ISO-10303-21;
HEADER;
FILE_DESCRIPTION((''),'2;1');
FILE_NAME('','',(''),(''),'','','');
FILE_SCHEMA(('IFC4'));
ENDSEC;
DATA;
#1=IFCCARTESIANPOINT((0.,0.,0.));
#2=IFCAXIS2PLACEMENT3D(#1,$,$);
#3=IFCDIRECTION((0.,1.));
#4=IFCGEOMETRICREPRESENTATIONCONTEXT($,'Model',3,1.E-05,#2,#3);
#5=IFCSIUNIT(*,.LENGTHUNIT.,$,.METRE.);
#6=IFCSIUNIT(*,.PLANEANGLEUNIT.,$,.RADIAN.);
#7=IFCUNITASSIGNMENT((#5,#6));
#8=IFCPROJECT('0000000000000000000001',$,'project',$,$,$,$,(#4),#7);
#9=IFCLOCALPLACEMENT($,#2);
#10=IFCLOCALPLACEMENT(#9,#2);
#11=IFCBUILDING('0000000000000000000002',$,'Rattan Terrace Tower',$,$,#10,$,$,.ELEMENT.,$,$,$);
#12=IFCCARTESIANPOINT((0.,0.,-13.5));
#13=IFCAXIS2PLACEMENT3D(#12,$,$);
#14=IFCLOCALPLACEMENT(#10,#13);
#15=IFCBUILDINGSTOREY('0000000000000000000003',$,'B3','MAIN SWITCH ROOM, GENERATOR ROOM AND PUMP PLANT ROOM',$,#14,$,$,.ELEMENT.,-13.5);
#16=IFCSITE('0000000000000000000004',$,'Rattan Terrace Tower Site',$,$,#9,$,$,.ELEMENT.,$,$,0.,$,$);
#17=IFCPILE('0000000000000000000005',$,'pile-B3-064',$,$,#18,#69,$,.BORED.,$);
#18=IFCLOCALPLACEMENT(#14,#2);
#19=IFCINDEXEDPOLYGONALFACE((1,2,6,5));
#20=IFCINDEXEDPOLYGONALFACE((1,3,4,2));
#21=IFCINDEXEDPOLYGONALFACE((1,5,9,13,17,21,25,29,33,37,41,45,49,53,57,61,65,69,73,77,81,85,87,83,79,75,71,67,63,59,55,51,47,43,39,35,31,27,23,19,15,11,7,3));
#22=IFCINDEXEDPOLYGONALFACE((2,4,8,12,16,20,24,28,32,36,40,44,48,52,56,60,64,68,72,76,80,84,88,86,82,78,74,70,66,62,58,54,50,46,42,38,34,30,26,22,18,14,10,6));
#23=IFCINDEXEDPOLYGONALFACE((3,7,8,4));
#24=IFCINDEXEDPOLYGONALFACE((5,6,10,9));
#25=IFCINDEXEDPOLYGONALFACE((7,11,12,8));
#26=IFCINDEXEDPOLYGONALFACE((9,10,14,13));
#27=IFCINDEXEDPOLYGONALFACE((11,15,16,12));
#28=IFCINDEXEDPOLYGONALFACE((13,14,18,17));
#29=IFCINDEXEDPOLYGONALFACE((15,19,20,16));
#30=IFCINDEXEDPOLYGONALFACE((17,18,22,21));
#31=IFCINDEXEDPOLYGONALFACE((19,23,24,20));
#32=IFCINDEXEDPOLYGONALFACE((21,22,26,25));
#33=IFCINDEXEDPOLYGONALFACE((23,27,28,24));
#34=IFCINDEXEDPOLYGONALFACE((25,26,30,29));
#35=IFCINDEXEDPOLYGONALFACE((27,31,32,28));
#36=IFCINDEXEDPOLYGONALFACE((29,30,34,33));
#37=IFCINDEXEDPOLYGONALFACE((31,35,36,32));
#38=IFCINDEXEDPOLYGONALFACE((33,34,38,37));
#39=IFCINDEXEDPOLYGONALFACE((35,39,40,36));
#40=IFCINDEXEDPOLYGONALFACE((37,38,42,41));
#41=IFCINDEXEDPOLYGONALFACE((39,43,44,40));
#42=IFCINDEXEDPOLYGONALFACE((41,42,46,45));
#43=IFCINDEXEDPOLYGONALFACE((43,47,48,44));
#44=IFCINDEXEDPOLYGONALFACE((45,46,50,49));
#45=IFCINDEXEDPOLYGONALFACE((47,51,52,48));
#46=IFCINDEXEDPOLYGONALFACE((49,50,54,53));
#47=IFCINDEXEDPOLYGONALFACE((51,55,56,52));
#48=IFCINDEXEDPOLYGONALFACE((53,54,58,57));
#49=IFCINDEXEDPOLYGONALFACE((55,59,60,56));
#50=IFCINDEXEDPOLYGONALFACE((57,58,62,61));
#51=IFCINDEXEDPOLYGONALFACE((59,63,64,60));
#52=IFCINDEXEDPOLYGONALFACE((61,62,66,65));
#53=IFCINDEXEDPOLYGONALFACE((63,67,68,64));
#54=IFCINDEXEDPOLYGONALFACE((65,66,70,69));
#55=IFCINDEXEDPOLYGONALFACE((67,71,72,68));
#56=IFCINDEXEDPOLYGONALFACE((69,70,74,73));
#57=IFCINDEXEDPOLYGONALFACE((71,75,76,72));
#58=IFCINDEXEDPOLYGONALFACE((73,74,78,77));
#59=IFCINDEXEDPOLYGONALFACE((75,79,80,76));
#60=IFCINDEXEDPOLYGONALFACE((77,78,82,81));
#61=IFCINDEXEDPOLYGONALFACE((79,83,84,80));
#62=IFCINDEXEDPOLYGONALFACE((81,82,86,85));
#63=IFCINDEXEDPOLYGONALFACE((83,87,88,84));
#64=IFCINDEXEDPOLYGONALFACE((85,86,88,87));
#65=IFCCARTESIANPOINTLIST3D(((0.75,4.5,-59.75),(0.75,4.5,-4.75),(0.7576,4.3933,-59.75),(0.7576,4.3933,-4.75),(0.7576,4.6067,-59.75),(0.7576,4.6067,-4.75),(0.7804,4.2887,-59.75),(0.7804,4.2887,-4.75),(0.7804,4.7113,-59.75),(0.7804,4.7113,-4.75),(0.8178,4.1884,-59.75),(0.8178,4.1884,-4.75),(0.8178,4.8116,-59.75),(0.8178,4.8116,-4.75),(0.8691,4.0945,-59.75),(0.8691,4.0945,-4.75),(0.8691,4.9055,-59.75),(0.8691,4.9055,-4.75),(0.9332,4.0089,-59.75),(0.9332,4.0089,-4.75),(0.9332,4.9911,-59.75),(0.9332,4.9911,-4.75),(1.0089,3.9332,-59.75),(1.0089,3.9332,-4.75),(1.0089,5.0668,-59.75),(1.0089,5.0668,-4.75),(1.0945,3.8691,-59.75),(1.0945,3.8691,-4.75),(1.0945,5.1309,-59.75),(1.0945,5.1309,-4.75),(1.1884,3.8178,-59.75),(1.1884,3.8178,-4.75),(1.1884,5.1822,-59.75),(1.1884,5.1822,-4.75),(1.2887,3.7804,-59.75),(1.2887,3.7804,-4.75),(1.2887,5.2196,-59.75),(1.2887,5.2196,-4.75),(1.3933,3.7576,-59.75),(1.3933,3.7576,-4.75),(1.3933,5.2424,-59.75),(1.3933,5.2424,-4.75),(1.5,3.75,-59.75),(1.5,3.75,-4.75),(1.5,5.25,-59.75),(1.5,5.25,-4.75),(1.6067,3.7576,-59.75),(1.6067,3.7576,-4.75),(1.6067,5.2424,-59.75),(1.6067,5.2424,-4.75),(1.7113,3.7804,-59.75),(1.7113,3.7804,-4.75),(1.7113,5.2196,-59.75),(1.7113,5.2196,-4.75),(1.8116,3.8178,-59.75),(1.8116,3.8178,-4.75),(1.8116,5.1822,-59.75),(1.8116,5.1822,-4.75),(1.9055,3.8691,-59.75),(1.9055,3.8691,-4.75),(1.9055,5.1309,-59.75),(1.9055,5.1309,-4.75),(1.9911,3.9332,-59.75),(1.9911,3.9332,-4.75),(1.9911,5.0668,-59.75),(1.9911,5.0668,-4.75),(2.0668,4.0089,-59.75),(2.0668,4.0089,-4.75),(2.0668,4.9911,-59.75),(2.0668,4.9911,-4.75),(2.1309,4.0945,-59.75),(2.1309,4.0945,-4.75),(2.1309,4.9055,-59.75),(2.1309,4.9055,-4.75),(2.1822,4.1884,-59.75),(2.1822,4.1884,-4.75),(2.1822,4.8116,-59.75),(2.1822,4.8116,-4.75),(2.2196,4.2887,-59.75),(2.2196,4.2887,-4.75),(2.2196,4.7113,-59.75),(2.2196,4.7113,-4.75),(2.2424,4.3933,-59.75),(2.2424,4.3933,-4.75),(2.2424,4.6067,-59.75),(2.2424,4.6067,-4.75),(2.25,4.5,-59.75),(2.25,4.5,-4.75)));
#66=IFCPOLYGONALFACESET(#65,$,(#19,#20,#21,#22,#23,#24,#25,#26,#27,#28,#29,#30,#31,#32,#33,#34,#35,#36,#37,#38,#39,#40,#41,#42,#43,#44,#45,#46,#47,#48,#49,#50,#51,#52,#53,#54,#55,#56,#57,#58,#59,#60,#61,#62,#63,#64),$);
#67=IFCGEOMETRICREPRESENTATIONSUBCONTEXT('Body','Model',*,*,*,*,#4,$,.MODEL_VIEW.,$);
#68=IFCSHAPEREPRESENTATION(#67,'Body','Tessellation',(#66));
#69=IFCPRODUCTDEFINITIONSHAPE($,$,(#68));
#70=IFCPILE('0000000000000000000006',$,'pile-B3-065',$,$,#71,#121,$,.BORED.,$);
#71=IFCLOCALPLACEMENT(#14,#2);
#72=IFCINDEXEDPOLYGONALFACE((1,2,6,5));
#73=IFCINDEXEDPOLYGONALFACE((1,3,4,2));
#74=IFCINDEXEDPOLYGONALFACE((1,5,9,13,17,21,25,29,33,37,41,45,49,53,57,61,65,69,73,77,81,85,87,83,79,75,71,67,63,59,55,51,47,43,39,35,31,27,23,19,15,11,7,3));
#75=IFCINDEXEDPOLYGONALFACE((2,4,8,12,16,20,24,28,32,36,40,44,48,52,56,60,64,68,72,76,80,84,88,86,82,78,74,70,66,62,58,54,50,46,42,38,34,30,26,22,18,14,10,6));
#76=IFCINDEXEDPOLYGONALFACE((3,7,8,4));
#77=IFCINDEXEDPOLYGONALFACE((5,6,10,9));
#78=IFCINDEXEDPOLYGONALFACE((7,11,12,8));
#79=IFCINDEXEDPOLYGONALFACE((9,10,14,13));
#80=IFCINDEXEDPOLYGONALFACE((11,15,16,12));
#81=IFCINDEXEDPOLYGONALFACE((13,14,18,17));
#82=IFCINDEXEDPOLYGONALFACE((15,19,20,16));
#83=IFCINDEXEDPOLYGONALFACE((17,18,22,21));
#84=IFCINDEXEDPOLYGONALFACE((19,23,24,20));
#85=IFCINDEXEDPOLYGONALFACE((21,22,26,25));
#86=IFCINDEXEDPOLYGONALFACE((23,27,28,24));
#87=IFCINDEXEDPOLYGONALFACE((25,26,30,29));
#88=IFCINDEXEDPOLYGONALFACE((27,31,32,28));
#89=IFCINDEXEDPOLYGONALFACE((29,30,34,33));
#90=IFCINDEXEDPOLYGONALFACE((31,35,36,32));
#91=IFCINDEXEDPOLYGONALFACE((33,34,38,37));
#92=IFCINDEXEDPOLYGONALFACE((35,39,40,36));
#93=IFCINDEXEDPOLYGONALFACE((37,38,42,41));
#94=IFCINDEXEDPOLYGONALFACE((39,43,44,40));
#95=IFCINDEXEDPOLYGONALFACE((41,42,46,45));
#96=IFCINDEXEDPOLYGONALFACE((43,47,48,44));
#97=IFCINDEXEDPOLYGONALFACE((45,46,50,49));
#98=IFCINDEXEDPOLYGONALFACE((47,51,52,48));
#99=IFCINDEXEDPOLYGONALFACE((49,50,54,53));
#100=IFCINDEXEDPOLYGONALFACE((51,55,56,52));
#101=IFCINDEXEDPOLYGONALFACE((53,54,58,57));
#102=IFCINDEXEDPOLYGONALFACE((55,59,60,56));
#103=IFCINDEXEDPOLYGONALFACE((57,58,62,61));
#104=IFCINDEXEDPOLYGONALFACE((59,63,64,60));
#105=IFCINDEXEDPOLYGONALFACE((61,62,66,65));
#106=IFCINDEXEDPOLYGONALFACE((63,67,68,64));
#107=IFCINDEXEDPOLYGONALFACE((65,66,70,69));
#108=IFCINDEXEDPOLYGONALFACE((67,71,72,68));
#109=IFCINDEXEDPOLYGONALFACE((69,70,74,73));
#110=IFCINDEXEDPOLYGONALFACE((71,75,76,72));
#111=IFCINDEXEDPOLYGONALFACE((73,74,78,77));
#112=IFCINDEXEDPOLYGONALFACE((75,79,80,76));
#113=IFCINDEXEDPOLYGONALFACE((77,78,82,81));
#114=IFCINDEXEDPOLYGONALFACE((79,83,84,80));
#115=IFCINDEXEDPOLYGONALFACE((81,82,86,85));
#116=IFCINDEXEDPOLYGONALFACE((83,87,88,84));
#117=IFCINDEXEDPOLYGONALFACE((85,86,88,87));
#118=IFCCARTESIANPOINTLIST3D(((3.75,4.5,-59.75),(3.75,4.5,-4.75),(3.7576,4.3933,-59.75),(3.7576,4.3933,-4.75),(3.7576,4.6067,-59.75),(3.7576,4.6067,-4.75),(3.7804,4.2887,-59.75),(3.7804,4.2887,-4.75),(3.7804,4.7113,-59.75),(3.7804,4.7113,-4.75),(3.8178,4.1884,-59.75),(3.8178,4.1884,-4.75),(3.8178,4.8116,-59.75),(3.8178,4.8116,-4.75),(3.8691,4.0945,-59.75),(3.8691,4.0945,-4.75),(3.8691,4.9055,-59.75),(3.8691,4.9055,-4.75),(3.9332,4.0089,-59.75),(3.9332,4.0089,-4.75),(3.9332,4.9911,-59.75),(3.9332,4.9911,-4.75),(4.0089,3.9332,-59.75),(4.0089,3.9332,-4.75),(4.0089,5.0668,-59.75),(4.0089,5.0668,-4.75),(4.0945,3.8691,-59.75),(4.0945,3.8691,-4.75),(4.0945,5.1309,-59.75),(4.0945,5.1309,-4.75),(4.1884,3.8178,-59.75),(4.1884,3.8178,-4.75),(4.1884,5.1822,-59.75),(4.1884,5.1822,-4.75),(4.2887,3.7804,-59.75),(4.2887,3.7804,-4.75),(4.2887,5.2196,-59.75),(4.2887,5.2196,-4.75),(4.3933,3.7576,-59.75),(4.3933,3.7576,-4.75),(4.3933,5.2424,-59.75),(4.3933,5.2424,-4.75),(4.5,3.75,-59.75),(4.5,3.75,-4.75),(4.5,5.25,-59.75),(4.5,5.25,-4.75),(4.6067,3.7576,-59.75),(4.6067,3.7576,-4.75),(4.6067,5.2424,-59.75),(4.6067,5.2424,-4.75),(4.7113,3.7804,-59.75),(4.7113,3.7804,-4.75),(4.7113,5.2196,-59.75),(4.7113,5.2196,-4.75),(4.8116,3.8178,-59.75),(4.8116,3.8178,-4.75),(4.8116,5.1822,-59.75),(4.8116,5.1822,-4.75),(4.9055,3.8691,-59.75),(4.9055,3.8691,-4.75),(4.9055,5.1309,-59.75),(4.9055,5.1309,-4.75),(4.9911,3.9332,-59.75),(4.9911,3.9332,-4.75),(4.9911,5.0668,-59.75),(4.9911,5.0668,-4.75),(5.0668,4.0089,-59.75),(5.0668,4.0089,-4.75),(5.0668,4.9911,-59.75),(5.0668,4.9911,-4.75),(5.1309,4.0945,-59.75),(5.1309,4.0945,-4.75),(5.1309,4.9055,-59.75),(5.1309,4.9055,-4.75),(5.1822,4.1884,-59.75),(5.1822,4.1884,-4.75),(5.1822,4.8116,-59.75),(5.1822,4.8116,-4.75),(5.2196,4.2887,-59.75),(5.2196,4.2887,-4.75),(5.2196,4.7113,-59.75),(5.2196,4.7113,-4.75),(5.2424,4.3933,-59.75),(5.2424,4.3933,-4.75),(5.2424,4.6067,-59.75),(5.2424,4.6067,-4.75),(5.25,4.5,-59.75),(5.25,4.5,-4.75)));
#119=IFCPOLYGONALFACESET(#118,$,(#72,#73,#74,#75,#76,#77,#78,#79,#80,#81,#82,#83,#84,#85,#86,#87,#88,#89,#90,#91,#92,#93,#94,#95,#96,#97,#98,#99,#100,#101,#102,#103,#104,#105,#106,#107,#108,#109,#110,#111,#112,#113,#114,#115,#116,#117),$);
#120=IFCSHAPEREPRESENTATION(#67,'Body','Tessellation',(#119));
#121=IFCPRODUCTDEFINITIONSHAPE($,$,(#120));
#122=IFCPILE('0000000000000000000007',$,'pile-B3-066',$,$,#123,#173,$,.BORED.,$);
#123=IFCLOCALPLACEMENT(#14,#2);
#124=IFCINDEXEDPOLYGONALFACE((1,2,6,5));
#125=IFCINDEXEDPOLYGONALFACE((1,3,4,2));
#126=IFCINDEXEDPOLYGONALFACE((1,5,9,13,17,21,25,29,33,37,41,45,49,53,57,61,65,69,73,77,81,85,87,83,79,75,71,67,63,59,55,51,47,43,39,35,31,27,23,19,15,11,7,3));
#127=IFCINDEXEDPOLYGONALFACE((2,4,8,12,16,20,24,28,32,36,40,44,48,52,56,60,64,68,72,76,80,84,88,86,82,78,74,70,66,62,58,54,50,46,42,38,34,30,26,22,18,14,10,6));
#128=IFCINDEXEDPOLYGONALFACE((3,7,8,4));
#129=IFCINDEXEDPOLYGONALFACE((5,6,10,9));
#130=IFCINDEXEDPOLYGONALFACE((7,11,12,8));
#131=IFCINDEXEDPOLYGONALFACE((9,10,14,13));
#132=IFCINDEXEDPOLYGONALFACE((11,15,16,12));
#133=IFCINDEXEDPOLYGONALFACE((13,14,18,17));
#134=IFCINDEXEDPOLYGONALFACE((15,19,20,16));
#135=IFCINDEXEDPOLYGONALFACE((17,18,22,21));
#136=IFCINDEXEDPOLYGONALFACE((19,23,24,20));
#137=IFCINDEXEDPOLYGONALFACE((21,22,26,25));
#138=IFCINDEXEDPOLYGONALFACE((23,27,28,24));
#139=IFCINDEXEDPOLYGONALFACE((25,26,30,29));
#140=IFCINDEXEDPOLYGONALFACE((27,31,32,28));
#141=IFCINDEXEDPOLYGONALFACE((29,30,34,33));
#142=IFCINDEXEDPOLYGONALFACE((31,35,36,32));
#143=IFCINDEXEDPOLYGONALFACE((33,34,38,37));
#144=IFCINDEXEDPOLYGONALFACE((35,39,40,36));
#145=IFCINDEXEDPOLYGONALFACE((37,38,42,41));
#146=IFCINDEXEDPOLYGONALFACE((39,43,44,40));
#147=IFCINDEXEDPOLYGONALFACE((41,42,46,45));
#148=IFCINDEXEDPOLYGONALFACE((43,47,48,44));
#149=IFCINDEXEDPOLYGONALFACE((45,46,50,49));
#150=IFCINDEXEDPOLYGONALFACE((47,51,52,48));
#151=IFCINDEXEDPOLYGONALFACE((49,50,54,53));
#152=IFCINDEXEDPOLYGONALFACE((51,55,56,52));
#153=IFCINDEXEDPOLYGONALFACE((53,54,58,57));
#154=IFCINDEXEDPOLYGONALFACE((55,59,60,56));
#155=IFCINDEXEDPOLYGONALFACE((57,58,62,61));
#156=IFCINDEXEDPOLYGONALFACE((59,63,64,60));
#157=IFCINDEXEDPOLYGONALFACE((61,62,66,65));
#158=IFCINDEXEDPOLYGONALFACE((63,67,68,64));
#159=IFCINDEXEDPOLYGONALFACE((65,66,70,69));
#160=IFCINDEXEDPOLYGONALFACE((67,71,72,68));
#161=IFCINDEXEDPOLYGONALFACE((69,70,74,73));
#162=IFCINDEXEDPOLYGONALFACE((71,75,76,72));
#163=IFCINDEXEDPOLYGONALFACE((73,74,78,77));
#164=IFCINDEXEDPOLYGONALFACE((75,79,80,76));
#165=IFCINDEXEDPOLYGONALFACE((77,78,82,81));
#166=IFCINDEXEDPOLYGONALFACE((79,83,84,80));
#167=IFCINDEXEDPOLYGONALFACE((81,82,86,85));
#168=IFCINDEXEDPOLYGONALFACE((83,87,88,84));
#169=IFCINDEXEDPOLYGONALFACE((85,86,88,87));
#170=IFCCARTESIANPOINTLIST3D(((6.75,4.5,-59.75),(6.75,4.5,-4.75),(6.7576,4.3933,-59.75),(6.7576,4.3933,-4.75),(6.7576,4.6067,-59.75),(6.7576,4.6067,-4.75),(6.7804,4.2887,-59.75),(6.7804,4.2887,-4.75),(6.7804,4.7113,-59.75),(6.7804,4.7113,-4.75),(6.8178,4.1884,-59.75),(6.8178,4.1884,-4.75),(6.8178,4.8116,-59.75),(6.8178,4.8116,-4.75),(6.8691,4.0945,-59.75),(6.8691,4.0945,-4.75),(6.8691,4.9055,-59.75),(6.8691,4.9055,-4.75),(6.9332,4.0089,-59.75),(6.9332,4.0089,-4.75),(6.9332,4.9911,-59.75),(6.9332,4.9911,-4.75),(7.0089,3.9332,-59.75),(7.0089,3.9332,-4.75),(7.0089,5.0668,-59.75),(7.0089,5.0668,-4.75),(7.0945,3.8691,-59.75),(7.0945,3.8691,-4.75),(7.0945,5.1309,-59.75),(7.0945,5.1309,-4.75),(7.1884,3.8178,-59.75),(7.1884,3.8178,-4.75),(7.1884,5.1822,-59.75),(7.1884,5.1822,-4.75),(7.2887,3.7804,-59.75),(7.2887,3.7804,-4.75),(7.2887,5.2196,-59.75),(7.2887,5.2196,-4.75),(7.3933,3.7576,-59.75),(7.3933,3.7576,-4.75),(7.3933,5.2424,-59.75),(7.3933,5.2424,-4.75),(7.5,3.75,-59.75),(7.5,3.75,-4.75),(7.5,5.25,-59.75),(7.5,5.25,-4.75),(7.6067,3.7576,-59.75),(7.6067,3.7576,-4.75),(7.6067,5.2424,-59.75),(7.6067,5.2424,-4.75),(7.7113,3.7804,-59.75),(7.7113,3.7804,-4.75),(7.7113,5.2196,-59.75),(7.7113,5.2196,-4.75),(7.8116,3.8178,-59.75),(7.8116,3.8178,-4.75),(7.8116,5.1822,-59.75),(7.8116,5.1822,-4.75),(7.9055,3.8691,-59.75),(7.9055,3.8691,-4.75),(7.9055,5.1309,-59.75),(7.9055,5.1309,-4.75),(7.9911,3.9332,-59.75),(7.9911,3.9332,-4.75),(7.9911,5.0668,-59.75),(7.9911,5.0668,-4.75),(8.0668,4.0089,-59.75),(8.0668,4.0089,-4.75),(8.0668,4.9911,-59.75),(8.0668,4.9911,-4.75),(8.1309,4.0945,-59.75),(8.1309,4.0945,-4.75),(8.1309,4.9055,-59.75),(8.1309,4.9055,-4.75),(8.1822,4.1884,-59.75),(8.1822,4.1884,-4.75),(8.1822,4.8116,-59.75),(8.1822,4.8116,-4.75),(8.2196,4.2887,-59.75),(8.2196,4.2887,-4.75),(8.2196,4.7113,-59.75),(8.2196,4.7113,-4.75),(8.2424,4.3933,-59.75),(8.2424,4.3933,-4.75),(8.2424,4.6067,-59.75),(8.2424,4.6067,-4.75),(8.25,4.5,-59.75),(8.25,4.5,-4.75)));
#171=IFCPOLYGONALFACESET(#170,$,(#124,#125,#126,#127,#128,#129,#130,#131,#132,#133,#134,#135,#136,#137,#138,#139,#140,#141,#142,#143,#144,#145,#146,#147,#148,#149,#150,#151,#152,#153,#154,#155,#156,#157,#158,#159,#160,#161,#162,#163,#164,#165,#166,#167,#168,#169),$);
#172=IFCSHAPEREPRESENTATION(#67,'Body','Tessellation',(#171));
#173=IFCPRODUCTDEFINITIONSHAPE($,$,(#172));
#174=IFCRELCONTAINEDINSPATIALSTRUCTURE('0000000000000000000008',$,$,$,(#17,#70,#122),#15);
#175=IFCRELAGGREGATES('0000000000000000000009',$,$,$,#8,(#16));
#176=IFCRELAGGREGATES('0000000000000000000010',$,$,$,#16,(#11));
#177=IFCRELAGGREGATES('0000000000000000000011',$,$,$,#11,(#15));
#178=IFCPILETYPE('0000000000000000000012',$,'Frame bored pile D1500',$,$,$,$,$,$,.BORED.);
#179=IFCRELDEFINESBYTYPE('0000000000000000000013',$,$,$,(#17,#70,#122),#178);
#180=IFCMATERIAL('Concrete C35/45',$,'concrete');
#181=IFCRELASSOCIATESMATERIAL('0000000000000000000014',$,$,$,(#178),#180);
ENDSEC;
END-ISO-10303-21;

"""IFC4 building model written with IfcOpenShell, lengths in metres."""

from ifc_helpers import new_model, si_unit, direction, frame, origin, origin_2d, place, context, subcontext, project, spatial, circle, extrude, material, material_profile, profile_set, type_object, element, save


model = new_model("IFC4")

# Units and contexts
model_context = context("Model", 3, precision=1e-05, world=origin(), true_north=direction((0.0, 1.0)))
body_context = subcontext(model_context, "Body", "Model", "MODEL_VIEW")
ifc_project = project(units=[si_unit("LENGTHUNIT", "METRE"), si_unit("PLANEANGLEUNIT", "RADIAN")], contexts=[model_context])

# Site, building, storey
site_placement = place(None, origin())
site = spatial("IfcSite", under=ifc_project, at=site_placement, Name="Rattan Terrace Tower Site", CompositionType="ELEMENT", RefElevation=0.0)
building_placement = place(site_placement, origin())
building = spatial("IfcBuilding", under=site, at=building_placement, Name="Rattan Terrace Tower", CompositionType="ELEMENT")
storey_placement = place(building_placement, frame((0.0, 0.0, -13.5)))
storey = spatial("IfcBuildingStorey", under=building, at=storey_placement, Name="B3", Description="MAIN SWITCH ROOM, GENERATOR ROOM AND PUMP PLANT ROOM", CompositionType="ELEMENT", Elevation=-13.5)

# Piles
ifc_material_1 = material(Name="Concrete C35/45", Category="concrete")
ifc_material_profile_1 = material_profile(ifc_material_1, circle(Radius=0.75, at=origin_2d()), Name="PILE D1500")
ifc_profile_set_1 = profile_set([ifc_material_profile_1], Name="Concrete C35/45")
pile_type = type_object("IfcPileType", Name="Frame bored pile D1500", PredefinedType="BORED", material=ifc_profile_set_1)
for number, where, z_axis, x_axis, name in (
    (1, (1.5, 4.5, -4.75), (0.0, 0.0, -1.0), (1.0, 0.0, 0.0), "pile-B3-064"),
    (2, (4.5, 4.5, -4.75), (0.0, 0.0, -1.0), (1.0, 0.0, 0.0), "pile-B3-065"),
    (3, (7.5, 4.5, -4.75), (0.0, 0.0, -1.0), (1.0, 0.0, 0.0), "pile-B3-066"),
):
    element("IfcPile", number, at=place(storey_placement, frame(where, z_axis=z_axis, x_axis=x_axis)), inside=storey, type_object=pile_type, Name=name, PredefinedType="BORED", context=body_context, shape_type="SweptSolid", body=[
        extrude(circle(Radius=0.75, at=origin_2d()), origin(), (0.0, 0.0, 1.0), 55.0),
    ])

save(model, "model.ifc")
